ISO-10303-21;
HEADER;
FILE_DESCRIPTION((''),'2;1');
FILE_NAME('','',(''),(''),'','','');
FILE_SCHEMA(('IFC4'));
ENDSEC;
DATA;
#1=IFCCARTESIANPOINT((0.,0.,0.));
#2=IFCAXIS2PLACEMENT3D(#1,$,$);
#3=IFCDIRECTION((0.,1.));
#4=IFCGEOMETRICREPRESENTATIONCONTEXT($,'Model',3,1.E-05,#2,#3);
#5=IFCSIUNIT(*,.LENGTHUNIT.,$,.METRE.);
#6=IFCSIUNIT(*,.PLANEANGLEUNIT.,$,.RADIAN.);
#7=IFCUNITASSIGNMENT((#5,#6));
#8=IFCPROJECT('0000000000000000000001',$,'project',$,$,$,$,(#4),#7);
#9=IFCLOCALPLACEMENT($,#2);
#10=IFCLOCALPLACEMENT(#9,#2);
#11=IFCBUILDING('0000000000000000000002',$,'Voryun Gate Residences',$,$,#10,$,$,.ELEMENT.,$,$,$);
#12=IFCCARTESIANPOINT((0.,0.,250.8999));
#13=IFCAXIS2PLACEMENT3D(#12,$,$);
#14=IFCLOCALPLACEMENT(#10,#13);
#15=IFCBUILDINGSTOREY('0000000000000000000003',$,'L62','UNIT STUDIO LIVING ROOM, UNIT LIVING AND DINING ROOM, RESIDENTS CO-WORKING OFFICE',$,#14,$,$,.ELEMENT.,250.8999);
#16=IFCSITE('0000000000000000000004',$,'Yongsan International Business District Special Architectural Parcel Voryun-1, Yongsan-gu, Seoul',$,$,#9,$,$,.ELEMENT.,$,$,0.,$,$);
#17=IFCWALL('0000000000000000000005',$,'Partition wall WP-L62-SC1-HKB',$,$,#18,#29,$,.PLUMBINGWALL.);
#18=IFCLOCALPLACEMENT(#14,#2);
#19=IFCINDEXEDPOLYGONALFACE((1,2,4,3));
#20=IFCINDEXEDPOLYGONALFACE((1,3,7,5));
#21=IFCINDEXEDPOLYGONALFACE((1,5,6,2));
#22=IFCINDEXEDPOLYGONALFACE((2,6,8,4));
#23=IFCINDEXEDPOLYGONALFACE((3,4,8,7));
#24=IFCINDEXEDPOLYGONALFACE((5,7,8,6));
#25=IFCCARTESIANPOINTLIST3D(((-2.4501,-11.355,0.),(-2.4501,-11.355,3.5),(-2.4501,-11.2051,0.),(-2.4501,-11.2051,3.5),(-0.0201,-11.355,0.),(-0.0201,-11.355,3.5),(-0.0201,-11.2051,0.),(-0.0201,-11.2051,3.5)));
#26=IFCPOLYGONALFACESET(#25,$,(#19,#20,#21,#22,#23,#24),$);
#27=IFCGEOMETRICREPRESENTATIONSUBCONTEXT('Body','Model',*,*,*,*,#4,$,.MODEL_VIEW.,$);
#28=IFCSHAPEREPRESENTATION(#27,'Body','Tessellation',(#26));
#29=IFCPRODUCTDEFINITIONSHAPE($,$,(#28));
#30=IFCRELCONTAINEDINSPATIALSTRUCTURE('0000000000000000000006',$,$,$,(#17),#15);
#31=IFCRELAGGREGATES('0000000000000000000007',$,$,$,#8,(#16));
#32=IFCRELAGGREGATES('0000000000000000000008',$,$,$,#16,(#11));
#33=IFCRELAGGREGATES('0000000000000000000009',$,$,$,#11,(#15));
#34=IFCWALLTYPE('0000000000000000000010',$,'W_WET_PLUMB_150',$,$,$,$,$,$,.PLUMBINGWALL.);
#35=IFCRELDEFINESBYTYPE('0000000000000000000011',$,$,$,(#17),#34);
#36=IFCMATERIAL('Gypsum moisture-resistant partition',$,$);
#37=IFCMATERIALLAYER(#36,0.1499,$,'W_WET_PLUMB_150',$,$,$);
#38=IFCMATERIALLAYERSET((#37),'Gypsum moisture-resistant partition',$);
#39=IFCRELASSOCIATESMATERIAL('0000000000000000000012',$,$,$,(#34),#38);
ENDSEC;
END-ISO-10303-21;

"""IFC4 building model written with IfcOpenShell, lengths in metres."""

from ifc_helpers import new_model, si_unit, direction, frame, frame_2d, origin, place, context, subcontext, project, spatial, rectangle, extrude, material, layer, layer_set, type_object, element, save


model = new_model("IFC4")

# Units and contexts
model_context = context("Model", 3, precision=1e-05, world=origin(), true_north=direction((0.0, 1.0)))
body_context = subcontext(model_context, "Body", "Model", "MODEL_VIEW")
ifc_project = project(units=[si_unit("LENGTHUNIT", "METRE"), si_unit("PLANEANGLEUNIT", "RADIAN")], contexts=[model_context])

# Site, building, storey
site_placement = place(None, origin())
site = spatial("IfcSite", under=ifc_project, at=site_placement, Name="Yongsan International Business District Special Architectural Parcel Voryun-1, Yongsan-gu, Seoul", CompositionType="ELEMENT", RefElevation=0.0)
building_placement = place(site_placement, origin())
building = spatial("IfcBuilding", under=site, at=building_placement, Name="Voryun Gate Residences", CompositionType="ELEMENT")
storey_placement = place(building_placement, frame((0.0, 0.0, 250.8999)))
storey = spatial("IfcBuildingStorey", under=building, at=storey_placement, Name="L62", Description="UNIT STUDIO LIVING ROOM, UNIT LIVING AND DINING ROOM, RESIDENTS CO-WORKING OFFICE", CompositionType="ELEMENT", Elevation=250.8999)

# Wall
ifc_material_1 = material(Name="Gypsum moisture-resistant partition")
ifc_layer_1 = layer(ifc_material_1, 0.1499, Name="W_WET_PLUMB_150")
ifc_layer_set_1 = layer_set([ifc_layer_1], Name="Gypsum moisture-resistant partition")
wall_type_1 = type_object("IfcWallType", Name="W_WET_PLUMB_150", PredefinedType="PLUMBINGWALL", material=ifc_layer_set_1)
wall_1_placement = place(storey_placement, frame((-2.45, -11.28, 0.0), z_axis=(0.0, 0.0, 1.0), x_axis=(1.0, 0.0, 0.0)))
element("IfcWall", 1, at=wall_1_placement, inside=storey, type_object=wall_type_1, Name="Partition wall WP-L62-SC1-HKB", PredefinedType="PLUMBINGWALL", context=body_context, shape_type="SweptSolid", body=[
    extrude(rectangle(XDim=2.4299, YDim=0.1499, at=frame_2d((1.2148, 0.0))), origin(), (0.0, 0.0, 1.0), 3.5),
])

save(model, "model.ifc")
